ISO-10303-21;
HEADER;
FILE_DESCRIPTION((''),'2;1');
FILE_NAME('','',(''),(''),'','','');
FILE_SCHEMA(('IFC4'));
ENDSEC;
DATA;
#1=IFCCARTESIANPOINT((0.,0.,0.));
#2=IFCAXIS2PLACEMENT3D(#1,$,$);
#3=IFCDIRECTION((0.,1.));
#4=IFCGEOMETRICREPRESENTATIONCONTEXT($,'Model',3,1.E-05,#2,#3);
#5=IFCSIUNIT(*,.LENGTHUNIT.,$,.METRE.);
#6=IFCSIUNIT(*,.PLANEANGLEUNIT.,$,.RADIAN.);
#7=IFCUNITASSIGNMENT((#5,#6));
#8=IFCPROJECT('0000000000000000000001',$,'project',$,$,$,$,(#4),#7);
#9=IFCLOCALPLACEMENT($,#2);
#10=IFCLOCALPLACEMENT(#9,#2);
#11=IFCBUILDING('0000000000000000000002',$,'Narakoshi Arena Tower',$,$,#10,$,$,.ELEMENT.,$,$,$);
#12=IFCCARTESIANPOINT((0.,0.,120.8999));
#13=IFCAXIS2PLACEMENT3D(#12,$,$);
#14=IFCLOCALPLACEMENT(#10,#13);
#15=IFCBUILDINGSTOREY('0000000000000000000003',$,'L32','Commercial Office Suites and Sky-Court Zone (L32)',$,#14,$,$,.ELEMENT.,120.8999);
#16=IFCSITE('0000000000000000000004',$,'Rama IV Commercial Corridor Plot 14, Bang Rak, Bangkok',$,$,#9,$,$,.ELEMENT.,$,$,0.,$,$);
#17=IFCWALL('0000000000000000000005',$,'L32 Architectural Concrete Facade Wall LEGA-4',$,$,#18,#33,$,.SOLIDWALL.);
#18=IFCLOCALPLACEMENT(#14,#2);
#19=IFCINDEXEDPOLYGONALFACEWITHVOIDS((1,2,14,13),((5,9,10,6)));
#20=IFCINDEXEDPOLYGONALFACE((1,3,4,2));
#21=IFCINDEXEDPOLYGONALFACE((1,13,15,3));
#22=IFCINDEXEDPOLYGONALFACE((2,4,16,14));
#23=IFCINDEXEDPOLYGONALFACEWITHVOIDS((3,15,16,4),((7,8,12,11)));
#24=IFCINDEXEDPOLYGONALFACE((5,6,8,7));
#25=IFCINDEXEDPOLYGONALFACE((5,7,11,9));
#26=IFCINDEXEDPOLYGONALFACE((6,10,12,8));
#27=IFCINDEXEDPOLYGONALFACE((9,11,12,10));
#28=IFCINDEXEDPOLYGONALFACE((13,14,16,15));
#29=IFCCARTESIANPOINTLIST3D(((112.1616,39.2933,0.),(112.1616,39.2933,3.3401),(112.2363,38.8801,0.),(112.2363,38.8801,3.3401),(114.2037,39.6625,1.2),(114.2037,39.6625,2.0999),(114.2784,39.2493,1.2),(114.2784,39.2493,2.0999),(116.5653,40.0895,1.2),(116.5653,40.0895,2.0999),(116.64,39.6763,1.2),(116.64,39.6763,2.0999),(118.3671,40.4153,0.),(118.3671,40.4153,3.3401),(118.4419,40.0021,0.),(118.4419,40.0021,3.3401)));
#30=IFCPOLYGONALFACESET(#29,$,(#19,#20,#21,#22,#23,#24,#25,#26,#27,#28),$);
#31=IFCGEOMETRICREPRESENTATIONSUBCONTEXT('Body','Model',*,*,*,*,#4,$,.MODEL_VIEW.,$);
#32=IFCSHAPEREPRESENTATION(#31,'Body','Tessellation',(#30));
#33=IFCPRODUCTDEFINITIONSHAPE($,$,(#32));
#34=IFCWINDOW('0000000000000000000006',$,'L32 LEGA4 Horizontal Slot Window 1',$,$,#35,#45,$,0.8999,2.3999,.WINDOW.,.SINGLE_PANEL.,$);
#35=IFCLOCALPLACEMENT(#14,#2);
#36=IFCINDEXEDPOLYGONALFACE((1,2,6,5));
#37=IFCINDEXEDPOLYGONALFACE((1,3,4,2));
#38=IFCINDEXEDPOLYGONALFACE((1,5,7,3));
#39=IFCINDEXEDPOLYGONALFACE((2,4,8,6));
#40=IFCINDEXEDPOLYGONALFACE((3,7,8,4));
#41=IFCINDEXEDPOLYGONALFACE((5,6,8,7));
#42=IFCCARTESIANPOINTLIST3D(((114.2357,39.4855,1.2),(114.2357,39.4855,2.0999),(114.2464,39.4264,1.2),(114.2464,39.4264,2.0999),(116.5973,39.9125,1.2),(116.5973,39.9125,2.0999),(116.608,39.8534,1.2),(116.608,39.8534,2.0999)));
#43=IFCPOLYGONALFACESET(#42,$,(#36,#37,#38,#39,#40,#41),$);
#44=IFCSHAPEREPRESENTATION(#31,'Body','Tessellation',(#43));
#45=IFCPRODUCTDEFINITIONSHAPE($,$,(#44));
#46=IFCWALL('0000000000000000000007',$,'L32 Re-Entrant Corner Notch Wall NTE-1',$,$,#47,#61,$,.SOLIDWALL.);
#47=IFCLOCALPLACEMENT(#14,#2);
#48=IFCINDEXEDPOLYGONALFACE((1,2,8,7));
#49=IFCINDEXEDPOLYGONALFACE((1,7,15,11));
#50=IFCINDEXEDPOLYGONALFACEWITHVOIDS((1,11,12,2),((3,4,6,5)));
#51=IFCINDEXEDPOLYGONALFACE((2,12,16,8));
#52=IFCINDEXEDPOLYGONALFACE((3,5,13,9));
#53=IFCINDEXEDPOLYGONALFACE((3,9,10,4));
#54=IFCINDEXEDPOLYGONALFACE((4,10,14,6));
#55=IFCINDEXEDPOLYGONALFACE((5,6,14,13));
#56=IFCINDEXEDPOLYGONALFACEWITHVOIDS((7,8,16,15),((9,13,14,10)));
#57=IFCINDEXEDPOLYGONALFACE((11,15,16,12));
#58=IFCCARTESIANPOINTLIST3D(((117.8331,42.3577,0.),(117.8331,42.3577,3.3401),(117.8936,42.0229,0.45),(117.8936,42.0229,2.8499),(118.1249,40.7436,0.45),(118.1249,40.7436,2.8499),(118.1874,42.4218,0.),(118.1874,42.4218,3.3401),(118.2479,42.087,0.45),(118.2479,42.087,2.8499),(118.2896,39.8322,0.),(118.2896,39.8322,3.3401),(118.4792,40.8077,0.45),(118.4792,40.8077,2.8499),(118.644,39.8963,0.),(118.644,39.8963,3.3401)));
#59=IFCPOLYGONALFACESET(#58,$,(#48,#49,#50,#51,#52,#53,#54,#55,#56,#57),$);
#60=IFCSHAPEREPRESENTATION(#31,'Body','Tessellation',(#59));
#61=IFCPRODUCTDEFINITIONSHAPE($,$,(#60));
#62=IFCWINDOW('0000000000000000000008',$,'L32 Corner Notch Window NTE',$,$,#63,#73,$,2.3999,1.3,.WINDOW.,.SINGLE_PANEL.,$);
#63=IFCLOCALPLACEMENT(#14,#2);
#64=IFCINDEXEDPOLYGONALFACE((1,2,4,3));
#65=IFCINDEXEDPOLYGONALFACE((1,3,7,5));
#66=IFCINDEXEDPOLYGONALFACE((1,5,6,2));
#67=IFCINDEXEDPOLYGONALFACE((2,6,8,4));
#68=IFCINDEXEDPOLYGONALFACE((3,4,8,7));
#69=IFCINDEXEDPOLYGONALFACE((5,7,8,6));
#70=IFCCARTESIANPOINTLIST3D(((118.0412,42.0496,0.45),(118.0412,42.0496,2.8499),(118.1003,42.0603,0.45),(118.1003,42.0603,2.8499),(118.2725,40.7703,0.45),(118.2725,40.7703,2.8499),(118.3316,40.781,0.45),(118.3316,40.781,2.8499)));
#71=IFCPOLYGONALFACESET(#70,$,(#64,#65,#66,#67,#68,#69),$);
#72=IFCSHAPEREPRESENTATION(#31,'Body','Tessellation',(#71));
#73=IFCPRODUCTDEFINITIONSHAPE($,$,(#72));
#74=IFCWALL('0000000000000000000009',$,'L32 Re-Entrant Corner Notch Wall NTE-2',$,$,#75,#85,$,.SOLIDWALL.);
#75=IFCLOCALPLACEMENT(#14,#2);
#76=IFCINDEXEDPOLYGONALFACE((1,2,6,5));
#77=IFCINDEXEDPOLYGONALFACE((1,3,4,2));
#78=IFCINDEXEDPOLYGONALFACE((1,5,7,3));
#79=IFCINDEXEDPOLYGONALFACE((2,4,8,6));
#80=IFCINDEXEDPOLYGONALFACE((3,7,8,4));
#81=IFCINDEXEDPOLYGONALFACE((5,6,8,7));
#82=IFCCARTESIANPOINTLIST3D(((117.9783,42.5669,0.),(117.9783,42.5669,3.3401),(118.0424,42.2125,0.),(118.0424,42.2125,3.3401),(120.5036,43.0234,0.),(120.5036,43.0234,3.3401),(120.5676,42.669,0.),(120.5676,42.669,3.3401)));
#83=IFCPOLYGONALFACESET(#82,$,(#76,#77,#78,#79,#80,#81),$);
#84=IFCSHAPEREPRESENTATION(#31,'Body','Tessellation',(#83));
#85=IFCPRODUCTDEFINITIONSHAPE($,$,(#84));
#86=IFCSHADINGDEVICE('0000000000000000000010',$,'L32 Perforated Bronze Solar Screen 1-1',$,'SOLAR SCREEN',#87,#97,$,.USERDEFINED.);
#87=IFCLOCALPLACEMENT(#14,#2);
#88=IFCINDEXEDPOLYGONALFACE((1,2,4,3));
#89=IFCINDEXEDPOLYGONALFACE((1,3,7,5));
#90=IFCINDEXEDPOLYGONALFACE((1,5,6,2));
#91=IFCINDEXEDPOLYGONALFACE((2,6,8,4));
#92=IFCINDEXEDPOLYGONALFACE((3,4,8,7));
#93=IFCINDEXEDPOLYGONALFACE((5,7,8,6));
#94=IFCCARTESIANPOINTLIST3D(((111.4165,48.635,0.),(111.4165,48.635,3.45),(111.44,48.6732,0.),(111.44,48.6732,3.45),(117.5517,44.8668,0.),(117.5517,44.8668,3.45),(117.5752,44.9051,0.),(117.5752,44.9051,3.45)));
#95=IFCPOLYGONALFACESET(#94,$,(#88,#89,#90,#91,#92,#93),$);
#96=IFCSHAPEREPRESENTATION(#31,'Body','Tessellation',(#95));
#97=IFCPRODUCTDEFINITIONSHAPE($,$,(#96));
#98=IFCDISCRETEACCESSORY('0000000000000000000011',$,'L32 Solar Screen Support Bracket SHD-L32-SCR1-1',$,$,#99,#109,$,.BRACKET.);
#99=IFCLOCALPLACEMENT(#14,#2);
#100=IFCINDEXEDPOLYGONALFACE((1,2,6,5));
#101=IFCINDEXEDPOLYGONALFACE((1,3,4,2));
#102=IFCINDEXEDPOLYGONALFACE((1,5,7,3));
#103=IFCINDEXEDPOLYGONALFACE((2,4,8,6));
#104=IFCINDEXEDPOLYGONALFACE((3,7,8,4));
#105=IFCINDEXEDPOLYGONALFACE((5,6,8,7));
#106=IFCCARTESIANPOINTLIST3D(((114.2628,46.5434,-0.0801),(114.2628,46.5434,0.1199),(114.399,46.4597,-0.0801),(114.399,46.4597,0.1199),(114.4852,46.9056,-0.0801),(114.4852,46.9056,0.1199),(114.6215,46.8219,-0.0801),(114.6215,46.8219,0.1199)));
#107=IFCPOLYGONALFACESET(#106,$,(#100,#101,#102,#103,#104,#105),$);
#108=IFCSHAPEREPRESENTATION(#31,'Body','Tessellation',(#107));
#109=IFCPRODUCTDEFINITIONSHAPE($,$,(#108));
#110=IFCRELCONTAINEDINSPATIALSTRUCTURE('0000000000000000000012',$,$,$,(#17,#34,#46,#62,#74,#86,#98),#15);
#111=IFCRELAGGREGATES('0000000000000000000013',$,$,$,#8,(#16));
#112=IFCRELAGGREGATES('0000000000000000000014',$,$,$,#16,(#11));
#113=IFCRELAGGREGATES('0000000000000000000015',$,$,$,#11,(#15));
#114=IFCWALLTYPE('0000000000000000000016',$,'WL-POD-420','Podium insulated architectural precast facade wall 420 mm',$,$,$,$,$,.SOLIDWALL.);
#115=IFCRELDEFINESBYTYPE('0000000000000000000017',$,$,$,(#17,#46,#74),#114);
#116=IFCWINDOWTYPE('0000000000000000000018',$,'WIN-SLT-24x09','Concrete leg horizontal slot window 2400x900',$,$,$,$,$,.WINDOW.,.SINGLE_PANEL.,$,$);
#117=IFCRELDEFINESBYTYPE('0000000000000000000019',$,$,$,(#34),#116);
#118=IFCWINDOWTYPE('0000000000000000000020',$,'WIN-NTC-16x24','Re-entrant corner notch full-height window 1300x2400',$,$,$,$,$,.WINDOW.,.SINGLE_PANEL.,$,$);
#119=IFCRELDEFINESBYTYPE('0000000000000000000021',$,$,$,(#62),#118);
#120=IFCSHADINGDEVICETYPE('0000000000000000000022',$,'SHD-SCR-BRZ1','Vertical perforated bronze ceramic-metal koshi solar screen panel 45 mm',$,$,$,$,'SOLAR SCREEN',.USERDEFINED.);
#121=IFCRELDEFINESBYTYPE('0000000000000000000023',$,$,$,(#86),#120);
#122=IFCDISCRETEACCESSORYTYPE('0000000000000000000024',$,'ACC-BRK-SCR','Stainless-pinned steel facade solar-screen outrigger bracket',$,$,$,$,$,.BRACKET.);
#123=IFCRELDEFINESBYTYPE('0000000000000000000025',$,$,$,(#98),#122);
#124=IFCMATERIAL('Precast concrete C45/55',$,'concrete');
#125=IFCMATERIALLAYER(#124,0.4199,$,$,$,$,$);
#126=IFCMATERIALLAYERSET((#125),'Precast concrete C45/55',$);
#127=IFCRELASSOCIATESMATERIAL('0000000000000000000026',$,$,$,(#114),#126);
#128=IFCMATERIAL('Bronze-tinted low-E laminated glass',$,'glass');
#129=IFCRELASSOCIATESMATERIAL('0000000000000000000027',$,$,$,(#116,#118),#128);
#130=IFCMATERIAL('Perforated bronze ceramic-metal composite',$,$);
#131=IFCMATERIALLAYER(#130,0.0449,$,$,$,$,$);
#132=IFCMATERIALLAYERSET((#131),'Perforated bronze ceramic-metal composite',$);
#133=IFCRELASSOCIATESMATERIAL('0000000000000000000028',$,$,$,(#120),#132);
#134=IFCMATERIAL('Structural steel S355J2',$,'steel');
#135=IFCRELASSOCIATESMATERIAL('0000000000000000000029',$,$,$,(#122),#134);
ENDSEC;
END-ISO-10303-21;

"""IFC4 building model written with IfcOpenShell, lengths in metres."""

from ifc_helpers import new_model, si_unit, direction, frame, frame_2d, origin, origin_2d, place, context, subcontext, project, spatial, rectangle, extrude, material, layer, layer_set, type_object, element, fill, save


model = new_model("IFC4")

# Units and contexts
model_context = context("Model", 3, precision=1e-05, world=origin(), true_north=direction((0.0, 1.0)))
body_context = subcontext(model_context, "Body", "Model", "MODEL_VIEW")
ifc_project = project(units=[si_unit("LENGTHUNIT", "METRE"), si_unit("PLANEANGLEUNIT", "RADIAN")], contexts=[model_context])

# Site, building, storey
site_placement = place(None, origin())
site = spatial("IfcSite", under=ifc_project, at=site_placement, Name="Rama IV Commercial Corridor Plot 14, Bang Rak, Bangkok", CompositionType="ELEMENT", RefElevation=0.0)
building_placement = place(site_placement, origin())
building = spatial("IfcBuilding", under=site, at=building_placement, Name="Narakoshi Arena Tower", CompositionType="ELEMENT")
storey_placement = place(building_placement, frame((0.0, 0.0, 120.8999)))
storey = spatial("IfcBuildingStorey", under=building, at=storey_placement, Name="L32", Description="Commercial Office Suites and Sky-Court Zone (L32)", CompositionType="ELEMENT", Elevation=120.8999)

# Shared definitions
ifc_material_1 = material(Name="Structural steel S355J2", Category="steel")

# Shared definitions
ifc_material_2 = material(Name="Bronze-tinted low-E laminated glass", Category="glass")

# Shared definitions
ifc_material_3 = material(Name="Precast concrete C45/55", Category="concrete")

# Walls, openings, windows
ifc_layer_1 = layer(ifc_material_3, 0.4199)
ifc_layer_set_1 = layer_set([ifc_layer_1], Name="Precast concrete C45/55")
wall_type_1 = type_object("IfcWallType", Name="WL-POD-420", Description="Podium insulated architectural precast facade wall 420 mm", PredefinedType="SOLIDWALL", material=ifc_layer_set_1)
wall_1_placement = place(storey_placement, frame((112.199, 39.0867, 0.0), z_axis=(0.0, 0.0, 1.0), x_axis=(0.984043, 0.177931, 0.0)))
wall_1 = element("IfcWall", 1, at=wall_1_placement, inside=storey, type_object=wall_type_1, Name="L32 Architectural Concrete Facade Wall LEGA-4", PredefinedType="SOLIDWALL", context=body_context, shape_type="SweptSolid", body=[
    extrude(rectangle(XDim=6.3062, YDim=0.4199, at=frame_2d((3.1531, 0.0))), origin(), (0.0, 0.0, 1.0), 3.3401),
])
opening_1_placement = place(wall_1_placement, frame((2.0752, 0.0, 1.2)))
opening_1 = element("IfcOpeningElement", 2, at=opening_1_placement, cuts=wall_1, PredefinedType="OPENING", context=body_context, shape_type="SweptSolid", body=[
    extrude(rectangle(XDim=2.3999, YDim=0.8999, at=frame_2d((1.2, 0.45))), frame((0.0, 0.22, 0.0), z_axis=(0.0, -1.0, 0.0), x_axis=(1.0, 0.0, 0.0)), (0.0, 0.0, 1.0), 0.4399),
])
window_type_1 = type_object("IfcWindowType", Name="WIN-SLT-24x09", Description="Concrete leg horizontal slot window 2400x900", PartitioningType="SINGLE_PANEL", PredefinedType="WINDOW", material=ifc_material_2)
window_1_placement = place(opening_1_placement, origin())
window_1 = element("IfcWindow", 3, at=window_1_placement, inside=storey, type_object=window_type_1, Name="L32 LEGA4 Horizontal Slot Window 1", OverallHeight=0.8999, OverallWidth=2.3999, PartitioningType="SINGLE_PANEL", PredefinedType="WINDOW", context=body_context, shape_type="SweptSolid", body=[
    extrude(rectangle(XDim=2.3999, YDim=0.8999, at=frame_2d((1.2, 0.45))), frame((0.0, 0.03, 0.0), z_axis=(0.0, -1.0, 0.0), x_axis=(1.0, 0.0, 0.0)), (0.0, 0.0, 1.0), 0.0601),
])
fill(opening_1, window_1)
wall_2_placement = place(storey_placement, frame((118.4668, 39.8643, 0.0), z_axis=(0.0, 0.0, 1.0), x_axis=(-0.177897, 0.984049, 0.0)))
wall_2 = element("IfcWall", 4, at=wall_2_placement, inside=storey, type_object=wall_type_1, Name="L32 Re-Entrant Corner Notch Wall NTE-1", PredefinedType="SOLIDWALL", context=body_context, shape_type="SweptSolid", body=[
    extrude(rectangle(XDim=2.5664, YDim=0.3601, at=frame_2d((1.2832, 0.0))), origin(), (0.0, 0.0, 1.0), 3.3401),
])
opening_2_placement = place(wall_2_placement, frame((0.9263, 0.0, 0.45)))
opening_2 = element("IfcOpeningElement", 5, at=opening_2_placement, cuts=wall_2, PredefinedType="OPENING", context=body_context, shape_type="SweptSolid", body=[
    extrude(rectangle(XDim=1.3, YDim=2.3999, at=frame_2d((0.6499, 1.2))), frame((0.0, 0.1899, 0.0), z_axis=(0.0, -1.0, 0.0), x_axis=(1.0, 0.0, 0.0)), (0.0, 0.0, 1.0), 0.3801),
])
window_type_2 = type_object("IfcWindowType", Name="WIN-NTC-16x24", Description="Re-entrant corner notch full-height window 1300x2400", PartitioningType="SINGLE_PANEL", PredefinedType="WINDOW", material=ifc_material_2)
window_2_placement = place(opening_2_placement, origin())
window_2 = element("IfcWindow", 6, at=window_2_placement, inside=storey, type_object=window_type_2, Name="L32 Corner Notch Window NTE", OverallHeight=2.3999, OverallWidth=1.3, PartitioningType="SINGLE_PANEL", PredefinedType="WINDOW", context=body_context, shape_type="SweptSolid", body=[
    extrude(rectangle(XDim=1.3, YDim=2.3999, at=frame_2d((0.6499, 1.2))), frame((0.0, 0.03, 0.0), z_axis=(0.0, -1.0, 0.0), x_axis=(1.0, 0.0, 0.0)), (0.0, 0.0, 1.0), 0.0601),
])
fill(opening_2, window_2)

# Wall
wall_3_placement = place(storey_placement, frame((118.0103, 42.3896, 0.0), z_axis=(0.0, 0.0, 1.0), x_axis=(0.984046, 0.177914, 0.0)))
element("IfcWall", 7, at=wall_3_placement, inside=storey, type_object=wall_type_1, Name="L32 Re-Entrant Corner Notch Wall NTE-2", PredefinedType="SOLIDWALL", context=body_context, shape_type="SweptSolid", body=[
    extrude(rectangle(XDim=2.5662, YDim=0.3601, at=frame_2d((1.2832, 0.0))), origin(), (0.0, 0.0, 1.0), 3.3401),
])

# Shading device
ifc_material_4 = material(Name="Perforated bronze ceramic-metal composite")
ifc_layer_2 = layer(ifc_material_4, 0.0449)
ifc_layer_set_2 = layer_set([ifc_layer_2], Name="Perforated bronze ceramic-metal composite")
shading_device_type = type_object("IfcShadingDeviceType", Name="SHD-SCR-BRZ1", Description="Vertical perforated bronze ceramic-metal koshi solar screen panel 45 mm", ElementType="SOLAR SCREEN", PredefinedType="USERDEFINED", material=ifc_layer_set_2)
shading_device_placement = place(storey_placement, frame((114.4958, 46.77, 0.0), z_axis=(0.0, 0.0, 1.0), x_axis=(-0.852111, 0.523361, 0.0)))
element("IfcShadingDevice", 8, at=shading_device_placement, inside=storey, type_object=shading_device_type, Name="L32 Perforated Bronze Solar Screen 1-1", ObjectType="SOLAR SCREEN", PredefinedType="USERDEFINED", context=body_context, shape_type="SweptSolid", body=[
    extrude(rectangle(XDim=7.2, YDim=0.0449, at=origin_2d()), origin(), (0.0, 0.0, 1.0), 3.45),
])

# Discrete accessory
discrete_accessory_type = type_object("IfcDiscreteAccessoryType", Name="ACC-BRK-SCR", Description="Stainless-pinned steel facade solar-screen outrigger bracket", PredefinedType="BRACKET", material=ifc_material_1)
discrete_accessory_placement = place(storey_placement, frame((114.4421, 46.6826, -0.0801), z_axis=(0.0, 0.0, 1.0), x_axis=(-0.852111, 0.523361, 0.0)))
element("IfcDiscreteAccessory", 9, at=discrete_accessory_placement, inside=storey, type_object=discrete_accessory_type, Name="L32 Solar Screen Support Bracket SHD-L32-SCR1-1", PredefinedType="BRACKET", context=body_context, shape_type="SweptSolid", body=[
    extrude(rectangle(XDim=0.1599, YDim=0.425, at=origin_2d()), origin(), (0.0, 0.0, 1.0), 0.2),
])

save(model, "model.ifc")
